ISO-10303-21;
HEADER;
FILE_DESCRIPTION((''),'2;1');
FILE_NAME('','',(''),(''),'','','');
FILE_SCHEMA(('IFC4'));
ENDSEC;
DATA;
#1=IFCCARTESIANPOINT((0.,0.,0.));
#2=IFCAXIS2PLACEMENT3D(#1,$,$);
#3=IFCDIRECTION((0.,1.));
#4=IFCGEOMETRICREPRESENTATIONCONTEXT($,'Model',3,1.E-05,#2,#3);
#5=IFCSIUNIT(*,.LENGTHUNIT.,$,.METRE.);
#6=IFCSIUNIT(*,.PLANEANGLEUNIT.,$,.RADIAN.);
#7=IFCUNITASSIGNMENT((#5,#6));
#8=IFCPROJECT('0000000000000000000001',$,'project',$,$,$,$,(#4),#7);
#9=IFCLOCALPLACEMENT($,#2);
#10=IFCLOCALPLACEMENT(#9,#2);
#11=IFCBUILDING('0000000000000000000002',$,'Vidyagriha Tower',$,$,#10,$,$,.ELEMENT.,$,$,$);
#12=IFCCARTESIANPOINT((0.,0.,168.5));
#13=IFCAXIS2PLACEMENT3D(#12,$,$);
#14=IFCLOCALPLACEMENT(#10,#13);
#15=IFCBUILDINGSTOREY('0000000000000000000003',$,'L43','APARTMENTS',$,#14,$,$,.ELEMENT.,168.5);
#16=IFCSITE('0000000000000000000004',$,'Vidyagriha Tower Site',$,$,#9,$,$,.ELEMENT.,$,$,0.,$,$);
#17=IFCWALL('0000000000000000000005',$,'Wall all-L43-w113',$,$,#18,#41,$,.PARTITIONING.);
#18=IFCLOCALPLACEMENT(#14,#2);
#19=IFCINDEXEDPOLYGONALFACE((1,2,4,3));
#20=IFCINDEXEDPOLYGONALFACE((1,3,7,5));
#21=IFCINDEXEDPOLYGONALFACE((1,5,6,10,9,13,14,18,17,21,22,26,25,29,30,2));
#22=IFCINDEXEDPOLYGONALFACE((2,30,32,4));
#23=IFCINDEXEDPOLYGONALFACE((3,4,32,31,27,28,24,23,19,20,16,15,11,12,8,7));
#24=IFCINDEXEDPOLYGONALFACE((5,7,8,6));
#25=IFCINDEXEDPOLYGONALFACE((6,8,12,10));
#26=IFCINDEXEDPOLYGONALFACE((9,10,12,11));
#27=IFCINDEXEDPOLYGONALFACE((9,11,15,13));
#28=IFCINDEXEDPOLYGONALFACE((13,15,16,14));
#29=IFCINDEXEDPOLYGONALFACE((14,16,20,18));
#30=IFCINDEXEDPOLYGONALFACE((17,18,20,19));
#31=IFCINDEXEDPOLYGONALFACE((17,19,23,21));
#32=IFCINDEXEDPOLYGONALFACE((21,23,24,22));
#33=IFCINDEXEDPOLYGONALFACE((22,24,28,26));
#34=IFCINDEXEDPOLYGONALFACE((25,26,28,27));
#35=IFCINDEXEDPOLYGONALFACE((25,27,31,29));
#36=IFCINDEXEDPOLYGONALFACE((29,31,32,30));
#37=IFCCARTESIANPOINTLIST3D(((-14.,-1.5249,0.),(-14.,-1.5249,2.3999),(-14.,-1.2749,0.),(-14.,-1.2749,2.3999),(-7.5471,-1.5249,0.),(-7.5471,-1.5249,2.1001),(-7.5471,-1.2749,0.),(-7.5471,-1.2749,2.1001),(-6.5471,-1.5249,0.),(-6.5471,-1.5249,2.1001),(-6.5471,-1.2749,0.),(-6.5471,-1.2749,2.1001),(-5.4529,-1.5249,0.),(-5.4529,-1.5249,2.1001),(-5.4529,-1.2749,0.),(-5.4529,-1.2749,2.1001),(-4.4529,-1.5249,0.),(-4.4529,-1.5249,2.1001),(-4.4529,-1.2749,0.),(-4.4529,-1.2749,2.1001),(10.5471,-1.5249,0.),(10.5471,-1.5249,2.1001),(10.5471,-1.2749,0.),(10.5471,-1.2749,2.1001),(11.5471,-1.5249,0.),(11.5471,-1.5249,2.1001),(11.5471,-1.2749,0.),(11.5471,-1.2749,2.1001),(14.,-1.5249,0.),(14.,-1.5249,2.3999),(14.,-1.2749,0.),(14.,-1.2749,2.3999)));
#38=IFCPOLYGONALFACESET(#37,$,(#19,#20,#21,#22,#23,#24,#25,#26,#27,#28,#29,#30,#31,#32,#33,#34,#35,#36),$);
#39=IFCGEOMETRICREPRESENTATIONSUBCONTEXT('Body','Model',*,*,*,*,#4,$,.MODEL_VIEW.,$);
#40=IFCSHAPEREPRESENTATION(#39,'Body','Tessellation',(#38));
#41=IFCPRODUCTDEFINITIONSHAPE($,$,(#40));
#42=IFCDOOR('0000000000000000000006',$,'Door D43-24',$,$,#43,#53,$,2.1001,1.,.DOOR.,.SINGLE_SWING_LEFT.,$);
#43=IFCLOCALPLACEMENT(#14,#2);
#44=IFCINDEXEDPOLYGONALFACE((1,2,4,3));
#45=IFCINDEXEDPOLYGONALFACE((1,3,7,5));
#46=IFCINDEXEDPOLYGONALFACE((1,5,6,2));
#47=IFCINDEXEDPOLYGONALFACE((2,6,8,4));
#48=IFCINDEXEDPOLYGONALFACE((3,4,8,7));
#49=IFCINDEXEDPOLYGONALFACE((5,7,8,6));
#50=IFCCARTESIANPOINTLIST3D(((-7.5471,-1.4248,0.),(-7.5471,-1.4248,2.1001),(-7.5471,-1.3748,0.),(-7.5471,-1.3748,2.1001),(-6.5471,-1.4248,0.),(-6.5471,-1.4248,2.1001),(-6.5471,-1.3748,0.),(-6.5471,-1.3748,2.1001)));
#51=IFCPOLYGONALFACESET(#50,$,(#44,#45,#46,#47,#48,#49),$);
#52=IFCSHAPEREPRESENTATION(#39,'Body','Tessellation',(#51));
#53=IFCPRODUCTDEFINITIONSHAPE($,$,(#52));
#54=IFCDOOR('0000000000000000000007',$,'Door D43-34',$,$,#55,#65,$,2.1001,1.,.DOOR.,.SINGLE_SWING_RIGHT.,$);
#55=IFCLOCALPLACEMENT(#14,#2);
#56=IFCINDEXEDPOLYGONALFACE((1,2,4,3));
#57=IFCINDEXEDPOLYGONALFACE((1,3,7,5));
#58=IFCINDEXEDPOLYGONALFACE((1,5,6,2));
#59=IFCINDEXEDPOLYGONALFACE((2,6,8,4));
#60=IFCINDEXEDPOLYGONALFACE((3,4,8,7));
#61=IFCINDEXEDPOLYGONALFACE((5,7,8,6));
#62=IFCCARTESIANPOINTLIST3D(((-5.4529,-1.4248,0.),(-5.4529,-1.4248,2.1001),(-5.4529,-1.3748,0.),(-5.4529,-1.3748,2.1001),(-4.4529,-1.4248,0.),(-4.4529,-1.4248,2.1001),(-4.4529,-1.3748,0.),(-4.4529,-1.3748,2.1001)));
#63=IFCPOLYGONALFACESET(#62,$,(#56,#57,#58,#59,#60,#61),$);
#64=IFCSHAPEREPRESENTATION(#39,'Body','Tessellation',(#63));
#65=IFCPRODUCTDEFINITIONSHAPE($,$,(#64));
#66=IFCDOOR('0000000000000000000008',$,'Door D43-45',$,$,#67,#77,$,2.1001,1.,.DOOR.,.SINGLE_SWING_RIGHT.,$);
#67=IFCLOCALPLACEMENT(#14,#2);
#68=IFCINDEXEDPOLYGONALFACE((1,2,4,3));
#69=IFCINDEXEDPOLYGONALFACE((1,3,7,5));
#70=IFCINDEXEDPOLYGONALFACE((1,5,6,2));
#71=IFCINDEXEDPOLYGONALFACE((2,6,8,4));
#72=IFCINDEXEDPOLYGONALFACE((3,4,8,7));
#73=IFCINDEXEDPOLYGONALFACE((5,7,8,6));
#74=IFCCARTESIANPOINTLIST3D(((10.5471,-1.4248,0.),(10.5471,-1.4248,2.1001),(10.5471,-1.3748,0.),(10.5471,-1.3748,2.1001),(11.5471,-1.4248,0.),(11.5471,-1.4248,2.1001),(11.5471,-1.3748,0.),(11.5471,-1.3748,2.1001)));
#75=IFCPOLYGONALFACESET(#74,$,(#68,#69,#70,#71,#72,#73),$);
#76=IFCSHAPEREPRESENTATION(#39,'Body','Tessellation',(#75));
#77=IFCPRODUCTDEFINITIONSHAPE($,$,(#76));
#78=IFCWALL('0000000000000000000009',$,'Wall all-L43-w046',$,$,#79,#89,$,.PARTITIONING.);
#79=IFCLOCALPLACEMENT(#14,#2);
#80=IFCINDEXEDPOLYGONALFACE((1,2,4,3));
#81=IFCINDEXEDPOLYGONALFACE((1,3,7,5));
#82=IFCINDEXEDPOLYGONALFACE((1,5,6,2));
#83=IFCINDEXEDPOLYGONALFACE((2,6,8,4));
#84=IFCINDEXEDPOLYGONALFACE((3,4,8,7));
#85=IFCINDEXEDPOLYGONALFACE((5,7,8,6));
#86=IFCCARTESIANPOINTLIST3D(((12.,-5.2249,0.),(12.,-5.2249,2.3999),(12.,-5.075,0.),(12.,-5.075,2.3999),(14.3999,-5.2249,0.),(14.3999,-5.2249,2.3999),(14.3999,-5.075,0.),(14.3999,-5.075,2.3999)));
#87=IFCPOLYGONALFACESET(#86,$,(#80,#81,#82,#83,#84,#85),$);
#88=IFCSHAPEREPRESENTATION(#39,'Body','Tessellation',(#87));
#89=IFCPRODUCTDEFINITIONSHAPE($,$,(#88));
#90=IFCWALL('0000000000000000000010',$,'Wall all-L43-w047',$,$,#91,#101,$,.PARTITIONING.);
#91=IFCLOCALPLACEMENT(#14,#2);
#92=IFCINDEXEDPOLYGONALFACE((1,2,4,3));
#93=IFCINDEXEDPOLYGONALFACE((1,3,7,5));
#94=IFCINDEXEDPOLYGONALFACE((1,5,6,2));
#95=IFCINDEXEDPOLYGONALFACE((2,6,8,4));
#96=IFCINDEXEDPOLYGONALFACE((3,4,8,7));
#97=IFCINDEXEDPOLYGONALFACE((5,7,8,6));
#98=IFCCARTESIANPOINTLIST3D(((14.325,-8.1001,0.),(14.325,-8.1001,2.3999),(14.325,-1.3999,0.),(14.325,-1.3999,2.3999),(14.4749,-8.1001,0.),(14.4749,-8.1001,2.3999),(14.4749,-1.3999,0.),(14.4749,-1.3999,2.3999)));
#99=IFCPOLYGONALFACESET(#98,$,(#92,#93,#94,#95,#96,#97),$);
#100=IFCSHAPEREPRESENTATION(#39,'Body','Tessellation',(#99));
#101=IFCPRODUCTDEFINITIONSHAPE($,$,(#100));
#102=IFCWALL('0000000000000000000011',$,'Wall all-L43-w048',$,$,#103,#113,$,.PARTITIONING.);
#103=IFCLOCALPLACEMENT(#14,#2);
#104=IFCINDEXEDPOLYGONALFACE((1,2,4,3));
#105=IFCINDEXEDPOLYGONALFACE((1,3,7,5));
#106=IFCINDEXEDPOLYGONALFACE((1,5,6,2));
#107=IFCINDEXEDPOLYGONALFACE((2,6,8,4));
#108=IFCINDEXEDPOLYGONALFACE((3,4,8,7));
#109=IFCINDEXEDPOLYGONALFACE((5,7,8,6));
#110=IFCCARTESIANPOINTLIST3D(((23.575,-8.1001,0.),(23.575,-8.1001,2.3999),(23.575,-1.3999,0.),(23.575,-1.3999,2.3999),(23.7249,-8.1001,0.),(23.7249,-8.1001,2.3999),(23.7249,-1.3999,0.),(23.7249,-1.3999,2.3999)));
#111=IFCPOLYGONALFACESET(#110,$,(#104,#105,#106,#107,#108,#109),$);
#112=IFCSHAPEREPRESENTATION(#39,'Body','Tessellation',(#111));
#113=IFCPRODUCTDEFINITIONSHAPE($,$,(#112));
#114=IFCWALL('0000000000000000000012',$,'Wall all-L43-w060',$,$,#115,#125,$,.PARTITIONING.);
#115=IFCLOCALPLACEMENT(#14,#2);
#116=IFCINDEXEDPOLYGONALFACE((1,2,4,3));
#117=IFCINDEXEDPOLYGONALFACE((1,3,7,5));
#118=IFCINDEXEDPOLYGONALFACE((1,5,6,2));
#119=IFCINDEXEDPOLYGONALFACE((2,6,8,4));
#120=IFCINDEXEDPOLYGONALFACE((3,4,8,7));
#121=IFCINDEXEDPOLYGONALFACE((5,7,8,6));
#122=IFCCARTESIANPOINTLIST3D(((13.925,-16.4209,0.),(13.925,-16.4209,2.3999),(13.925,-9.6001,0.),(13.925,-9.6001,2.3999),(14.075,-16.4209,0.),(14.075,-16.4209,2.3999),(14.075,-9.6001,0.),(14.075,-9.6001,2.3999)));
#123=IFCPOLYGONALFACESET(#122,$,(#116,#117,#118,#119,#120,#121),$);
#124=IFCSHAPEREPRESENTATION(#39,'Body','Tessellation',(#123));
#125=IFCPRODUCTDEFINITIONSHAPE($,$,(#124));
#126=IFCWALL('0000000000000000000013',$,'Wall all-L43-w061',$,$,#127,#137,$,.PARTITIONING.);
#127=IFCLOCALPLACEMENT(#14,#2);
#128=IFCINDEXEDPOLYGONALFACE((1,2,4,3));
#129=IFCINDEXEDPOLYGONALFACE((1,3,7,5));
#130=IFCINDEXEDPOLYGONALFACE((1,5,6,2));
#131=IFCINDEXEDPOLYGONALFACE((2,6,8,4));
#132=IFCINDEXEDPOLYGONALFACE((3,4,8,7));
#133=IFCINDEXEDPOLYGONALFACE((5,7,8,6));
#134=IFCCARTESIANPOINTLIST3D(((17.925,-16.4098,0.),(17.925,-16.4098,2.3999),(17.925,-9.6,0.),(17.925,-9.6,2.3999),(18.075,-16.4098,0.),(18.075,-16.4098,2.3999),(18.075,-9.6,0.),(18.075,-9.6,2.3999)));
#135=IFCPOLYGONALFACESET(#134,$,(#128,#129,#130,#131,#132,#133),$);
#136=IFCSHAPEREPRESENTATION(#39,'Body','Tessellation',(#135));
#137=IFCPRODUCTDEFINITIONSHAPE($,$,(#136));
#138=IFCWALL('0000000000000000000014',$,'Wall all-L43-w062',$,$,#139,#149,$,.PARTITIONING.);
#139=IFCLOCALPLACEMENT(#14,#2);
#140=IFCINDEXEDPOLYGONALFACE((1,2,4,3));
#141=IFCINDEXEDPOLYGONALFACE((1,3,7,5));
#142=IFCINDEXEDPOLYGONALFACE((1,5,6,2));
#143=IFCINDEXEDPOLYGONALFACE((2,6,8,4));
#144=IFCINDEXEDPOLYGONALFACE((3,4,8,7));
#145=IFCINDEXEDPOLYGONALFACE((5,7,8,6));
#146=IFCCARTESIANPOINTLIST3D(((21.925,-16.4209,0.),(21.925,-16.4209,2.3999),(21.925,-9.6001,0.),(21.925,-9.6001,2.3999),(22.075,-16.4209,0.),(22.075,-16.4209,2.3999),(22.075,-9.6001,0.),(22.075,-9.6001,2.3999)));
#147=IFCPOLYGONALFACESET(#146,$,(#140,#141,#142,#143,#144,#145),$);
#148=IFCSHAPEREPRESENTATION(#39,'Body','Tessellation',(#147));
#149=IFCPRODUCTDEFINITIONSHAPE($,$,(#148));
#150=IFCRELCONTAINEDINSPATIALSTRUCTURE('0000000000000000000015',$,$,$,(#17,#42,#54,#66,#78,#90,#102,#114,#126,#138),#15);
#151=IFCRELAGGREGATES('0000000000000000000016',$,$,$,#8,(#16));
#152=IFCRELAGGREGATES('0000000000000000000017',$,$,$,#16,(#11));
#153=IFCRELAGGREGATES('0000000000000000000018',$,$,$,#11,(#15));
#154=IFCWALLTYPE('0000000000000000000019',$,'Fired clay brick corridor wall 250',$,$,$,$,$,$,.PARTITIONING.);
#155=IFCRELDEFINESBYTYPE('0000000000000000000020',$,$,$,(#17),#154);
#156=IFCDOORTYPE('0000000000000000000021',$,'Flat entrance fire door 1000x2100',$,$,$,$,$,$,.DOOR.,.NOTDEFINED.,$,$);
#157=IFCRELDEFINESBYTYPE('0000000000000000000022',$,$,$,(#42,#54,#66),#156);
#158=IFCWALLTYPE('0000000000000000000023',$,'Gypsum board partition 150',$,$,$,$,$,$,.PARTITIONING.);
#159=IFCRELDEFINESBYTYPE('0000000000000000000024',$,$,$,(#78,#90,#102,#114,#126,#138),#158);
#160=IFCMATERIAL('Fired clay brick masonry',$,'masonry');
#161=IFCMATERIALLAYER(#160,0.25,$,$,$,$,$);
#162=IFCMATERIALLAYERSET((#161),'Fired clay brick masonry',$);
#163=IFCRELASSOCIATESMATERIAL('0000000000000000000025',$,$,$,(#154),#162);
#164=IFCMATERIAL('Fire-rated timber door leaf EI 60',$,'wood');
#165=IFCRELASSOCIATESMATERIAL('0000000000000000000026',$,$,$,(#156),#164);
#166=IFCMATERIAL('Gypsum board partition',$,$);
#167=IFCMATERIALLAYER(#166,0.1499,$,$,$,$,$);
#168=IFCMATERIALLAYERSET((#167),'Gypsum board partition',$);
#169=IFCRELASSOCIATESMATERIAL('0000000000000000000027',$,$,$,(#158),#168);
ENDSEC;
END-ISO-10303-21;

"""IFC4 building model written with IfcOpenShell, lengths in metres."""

from ifc_helpers import new_model, si_unit, direction, frame, frame_2d, origin, place, context, subcontext, project, spatial, rectangle, extrude, material, layer, layer_set, type_object, element, fill, save


model = new_model("IFC4")

# Units and contexts
model_context = context("Model", 3, precision=1e-05, world=origin(), true_north=direction((0.0, 1.0)))
body_context = subcontext(model_context, "Body", "Model", "MODEL_VIEW")
ifc_project = project(units=[si_unit("LENGTHUNIT", "METRE"), si_unit("PLANEANGLEUNIT", "RADIAN")], contexts=[model_context])

# Site, building, storey
site_placement = place(None, origin())
site = spatial("IfcSite", under=ifc_project, at=site_placement, Name="Vidyagriha Tower Site", CompositionType="ELEMENT", RefElevation=0.0)
building_placement = place(site_placement, origin())
building = spatial("IfcBuilding", under=site, at=building_placement, Name="Vidyagriha Tower", CompositionType="ELEMENT")
storey_placement = place(building_placement, frame((0.0, 0.0, 168.5)))
storey = spatial("IfcBuildingStorey", under=building, at=storey_placement, Name="L43", Description="APARTMENTS", CompositionType="ELEMENT", Elevation=168.5)

# Wall, openings, doors
ifc_material_1 = material(Name="Fired clay brick masonry", Category="masonry")
ifc_layer_1 = layer(ifc_material_1, 0.25)
ifc_layer_set_1 = layer_set([ifc_layer_1], Name="Fired clay brick masonry")
wall_type_1 = type_object("IfcWallType", Name="Fired clay brick corridor wall 250", PredefinedType="PARTITIONING", material=ifc_layer_set_1)
ifc_material_2 = material(Name="Fire-rated timber door leaf EI 60", Category="wood")
door_type_1 = type_object("IfcDoorType", Name="Flat entrance fire door 1000x2100", OperationType="NOTDEFINED", PredefinedType="DOOR", material=ifc_material_2)
wall_1_placement = place(storey_placement, frame((14.0, -1.3999, 0.0), z_axis=(0.0, 0.0, 1.0), x_axis=(-1.0, 0.0, 0.0)))
wall_1 = element("IfcWall", 1, at=wall_1_placement, inside=storey, type_object=wall_type_1, Name="Wall all-L43-w113", PredefinedType="PARTITIONING", context=body_context, shape_type="SweptSolid", body=[
    extrude(rectangle(XDim=28.0, YDim=0.25, at=frame_2d((14.0, 0.0))), origin(), (0.0, 0.0, 1.0), 2.3999),
])
opening_1_placement = place(wall_1_placement, frame((20.5471, 0.0, 0.0)))
opening_1 = element("IfcOpeningElement", 2, at=opening_1_placement, cuts=wall_1, PredefinedType="OPENING", context=body_context, shape_type="SweptSolid", body=[
    extrude(rectangle(XDim=1.0, YDim=2.1001, at=frame_2d((0.5, 1.05))), frame((0.0, 0.135, 0.0), z_axis=(0.0, -1.0, 0.0), x_axis=(1.0, 0.0, 0.0)), (0.0, 0.0, 1.0), 0.27),
])
opening_2_placement = place(wall_1_placement, frame((18.4529, 0.0, 0.0)))
opening_2 = element("IfcOpeningElement", 3, at=opening_2_placement, cuts=wall_1, PredefinedType="OPENING", context=body_context, shape_type="SweptSolid", body=[
    extrude(rectangle(XDim=1.0, YDim=2.1001, at=frame_2d((0.5, 1.05))), frame((0.0, 0.135, 0.0), z_axis=(0.0, -1.0, 0.0), x_axis=(1.0, 0.0, 0.0)), (0.0, 0.0, 1.0), 0.27),
])
opening_3_placement = place(wall_1_placement, frame((2.4529, 0.0, 0.0)))
opening_3 = element("IfcOpeningElement", 4, at=opening_3_placement, cuts=wall_1, PredefinedType="OPENING", context=body_context, shape_type="SweptSolid", body=[
    extrude(rectangle(XDim=1.0, YDim=2.1001, at=frame_2d((0.5, 1.05))), frame((0.0, 0.135, 0.0), z_axis=(0.0, -1.0, 0.0), x_axis=(1.0, 0.0, 0.0)), (0.0, 0.0, 1.0), 0.27),
])
door_1_placement = place(opening_1_placement, origin())
door_1 = element("IfcDoor", 5, at=door_1_placement, inside=storey, type_object=door_type_1, Name="Door D43-24", OperationType="SINGLE_SWING_LEFT", OverallHeight=2.1001, OverallWidth=1.0, PredefinedType="DOOR", context=body_context, shape_type="SweptSolid", body=[
    extrude(rectangle(XDim=1.0, YDim=2.1001, at=frame_2d((0.5, 1.05))), frame((0.0, 0.0249, 0.0), z_axis=(0.0, -1.0, 0.0), x_axis=(1.0, 0.0, 0.0)), (0.0, 0.0, 1.0), 0.05),
])
fill(opening_1, door_1)
door_2_placement = place(opening_2_placement, origin())
door_2 = element("IfcDoor", 6, at=door_2_placement, inside=storey, type_object=door_type_1, Name="Door D43-34", OperationType="SINGLE_SWING_RIGHT", OverallHeight=2.1001, OverallWidth=1.0, PredefinedType="DOOR", context=body_context, shape_type="SweptSolid", body=[
    extrude(rectangle(XDim=1.0, YDim=2.1001, at=frame_2d((0.5, 1.05))), frame((0.0, 0.0249, 0.0), z_axis=(0.0, -1.0, 0.0), x_axis=(1.0, 0.0, 0.0)), (0.0, 0.0, 1.0), 0.05),
])
fill(opening_2, door_2)
door_3_placement = place(opening_3_placement, origin())
door_3 = element("IfcDoor", 7, at=door_3_placement, inside=storey, type_object=door_type_1, Name="Door D43-45", OperationType="SINGLE_SWING_RIGHT", OverallHeight=2.1001, OverallWidth=1.0, PredefinedType="DOOR", context=body_context, shape_type="SweptSolid", body=[
    extrude(rectangle(XDim=1.0, YDim=2.1001, at=frame_2d((0.5, 1.05))), frame((0.0, 0.0249, 0.0), z_axis=(0.0, -1.0, 0.0), x_axis=(1.0, 0.0, 0.0)), (0.0, 0.0, 1.0), 0.05),
])
fill(opening_3, door_3)

# Walls
ifc_material_3 = material(Name="Gypsum board partition")
ifc_layer_2 = layer(ifc_material_3, 0.1499)
ifc_layer_set_2 = layer_set([ifc_layer_2], Name="Gypsum board partition")
wall_type_2 = type_object("IfcWallType", Name="Gypsum board partition 150", PredefinedType="PARTITIONING", material=ifc_layer_set_2)
wall_2_placement = place(storey_placement, frame((14.3999, -5.1499, 0.0), z_axis=(0.0, 0.0, 1.0), x_axis=(-1.0, 0.0, 0.0)))
element("IfcWall", 8, at=wall_2_placement, inside=storey, type_object=wall_type_2, Name="Wall all-L43-w046", PredefinedType="PARTITIONING", context=body_context, shape_type="SweptSolid", body=[
    extrude(rectangle(XDim=2.3999, YDim=0.1499, at=frame_2d((1.2, 0.0))), origin(), (0.0, 0.0, 1.0), 2.3999),
])
for number, where, z_axis, x_axis, name in (
    (9, (14.3999, -1.3999, 0.0), (0.0, 0.0, 1.0), (0.0, -1.0, 0.0), "Wall all-L43-w047"),
    (10, (23.6499, -1.3999, 0.0), (0.0, 0.0, 1.0), (0.0, -1.0, 0.0), "Wall all-L43-w048"),
):
    element("IfcWall", number, at=place(storey_placement, frame(where, z_axis=z_axis, x_axis=x_axis)), inside=storey, type_object=wall_type_2, Name=name, PredefinedType="PARTITIONING", context=body_context, shape_type="SweptSolid", body=[
        extrude(rectangle(XDim=6.7002, YDim=0.1499, at=frame_2d((3.3501, 0.0))), origin(), (0.0, 0.0, 1.0), 2.3999),
    ])
wall_3_placement = place(storey_placement, frame((14.0, -9.6001, 0.0), z_axis=(0.0, 0.0, 1.0), x_axis=(0.0, -1.0, 0.0)))
element("IfcWall", 11, at=wall_3_placement, inside=storey, type_object=wall_type_2, Name="Wall all-L43-w060", PredefinedType="PARTITIONING", context=body_context, shape_type="SweptSolid", body=[
    extrude(rectangle(XDim=6.8208, YDim=0.1499, at=frame_2d((3.4104, 0.0))), origin(), (0.0, 0.0, 1.0), 2.3999),
])
wall_4_placement = place(storey_placement, frame((18.0, -9.6001, 0.0), z_axis=(0.0, 0.0, 1.0), x_axis=(0.0, -1.0, 0.0)))
element("IfcWall", 12, at=wall_4_placement, inside=storey, type_object=wall_type_2, Name="Wall all-L43-w061", PredefinedType="PARTITIONING", context=body_context, shape_type="SweptSolid", body=[
    extrude(rectangle(XDim=6.8098, YDim=0.1499, at=frame_2d((3.4048, 0.0))), origin(), (0.0, 0.0, 1.0), 2.3999),
])
wall_5_placement = place(storey_placement, frame((22.0, -9.6001, 0.0), z_axis=(0.0, 0.0, 1.0), x_axis=(0.0, -1.0, 0.0)))
element("IfcWall", 13, at=wall_5_placement, inside=storey, type_object=wall_type_2, Name="Wall all-L43-w062", PredefinedType="PARTITIONING", context=body_context, shape_type="SweptSolid", body=[
    extrude(rectangle(XDim=6.8208, YDim=0.1499, at=frame_2d((3.4104, 0.0))), origin(), (0.0, 0.0, 1.0), 2.3999),
])

save(model, "model.ifc")
